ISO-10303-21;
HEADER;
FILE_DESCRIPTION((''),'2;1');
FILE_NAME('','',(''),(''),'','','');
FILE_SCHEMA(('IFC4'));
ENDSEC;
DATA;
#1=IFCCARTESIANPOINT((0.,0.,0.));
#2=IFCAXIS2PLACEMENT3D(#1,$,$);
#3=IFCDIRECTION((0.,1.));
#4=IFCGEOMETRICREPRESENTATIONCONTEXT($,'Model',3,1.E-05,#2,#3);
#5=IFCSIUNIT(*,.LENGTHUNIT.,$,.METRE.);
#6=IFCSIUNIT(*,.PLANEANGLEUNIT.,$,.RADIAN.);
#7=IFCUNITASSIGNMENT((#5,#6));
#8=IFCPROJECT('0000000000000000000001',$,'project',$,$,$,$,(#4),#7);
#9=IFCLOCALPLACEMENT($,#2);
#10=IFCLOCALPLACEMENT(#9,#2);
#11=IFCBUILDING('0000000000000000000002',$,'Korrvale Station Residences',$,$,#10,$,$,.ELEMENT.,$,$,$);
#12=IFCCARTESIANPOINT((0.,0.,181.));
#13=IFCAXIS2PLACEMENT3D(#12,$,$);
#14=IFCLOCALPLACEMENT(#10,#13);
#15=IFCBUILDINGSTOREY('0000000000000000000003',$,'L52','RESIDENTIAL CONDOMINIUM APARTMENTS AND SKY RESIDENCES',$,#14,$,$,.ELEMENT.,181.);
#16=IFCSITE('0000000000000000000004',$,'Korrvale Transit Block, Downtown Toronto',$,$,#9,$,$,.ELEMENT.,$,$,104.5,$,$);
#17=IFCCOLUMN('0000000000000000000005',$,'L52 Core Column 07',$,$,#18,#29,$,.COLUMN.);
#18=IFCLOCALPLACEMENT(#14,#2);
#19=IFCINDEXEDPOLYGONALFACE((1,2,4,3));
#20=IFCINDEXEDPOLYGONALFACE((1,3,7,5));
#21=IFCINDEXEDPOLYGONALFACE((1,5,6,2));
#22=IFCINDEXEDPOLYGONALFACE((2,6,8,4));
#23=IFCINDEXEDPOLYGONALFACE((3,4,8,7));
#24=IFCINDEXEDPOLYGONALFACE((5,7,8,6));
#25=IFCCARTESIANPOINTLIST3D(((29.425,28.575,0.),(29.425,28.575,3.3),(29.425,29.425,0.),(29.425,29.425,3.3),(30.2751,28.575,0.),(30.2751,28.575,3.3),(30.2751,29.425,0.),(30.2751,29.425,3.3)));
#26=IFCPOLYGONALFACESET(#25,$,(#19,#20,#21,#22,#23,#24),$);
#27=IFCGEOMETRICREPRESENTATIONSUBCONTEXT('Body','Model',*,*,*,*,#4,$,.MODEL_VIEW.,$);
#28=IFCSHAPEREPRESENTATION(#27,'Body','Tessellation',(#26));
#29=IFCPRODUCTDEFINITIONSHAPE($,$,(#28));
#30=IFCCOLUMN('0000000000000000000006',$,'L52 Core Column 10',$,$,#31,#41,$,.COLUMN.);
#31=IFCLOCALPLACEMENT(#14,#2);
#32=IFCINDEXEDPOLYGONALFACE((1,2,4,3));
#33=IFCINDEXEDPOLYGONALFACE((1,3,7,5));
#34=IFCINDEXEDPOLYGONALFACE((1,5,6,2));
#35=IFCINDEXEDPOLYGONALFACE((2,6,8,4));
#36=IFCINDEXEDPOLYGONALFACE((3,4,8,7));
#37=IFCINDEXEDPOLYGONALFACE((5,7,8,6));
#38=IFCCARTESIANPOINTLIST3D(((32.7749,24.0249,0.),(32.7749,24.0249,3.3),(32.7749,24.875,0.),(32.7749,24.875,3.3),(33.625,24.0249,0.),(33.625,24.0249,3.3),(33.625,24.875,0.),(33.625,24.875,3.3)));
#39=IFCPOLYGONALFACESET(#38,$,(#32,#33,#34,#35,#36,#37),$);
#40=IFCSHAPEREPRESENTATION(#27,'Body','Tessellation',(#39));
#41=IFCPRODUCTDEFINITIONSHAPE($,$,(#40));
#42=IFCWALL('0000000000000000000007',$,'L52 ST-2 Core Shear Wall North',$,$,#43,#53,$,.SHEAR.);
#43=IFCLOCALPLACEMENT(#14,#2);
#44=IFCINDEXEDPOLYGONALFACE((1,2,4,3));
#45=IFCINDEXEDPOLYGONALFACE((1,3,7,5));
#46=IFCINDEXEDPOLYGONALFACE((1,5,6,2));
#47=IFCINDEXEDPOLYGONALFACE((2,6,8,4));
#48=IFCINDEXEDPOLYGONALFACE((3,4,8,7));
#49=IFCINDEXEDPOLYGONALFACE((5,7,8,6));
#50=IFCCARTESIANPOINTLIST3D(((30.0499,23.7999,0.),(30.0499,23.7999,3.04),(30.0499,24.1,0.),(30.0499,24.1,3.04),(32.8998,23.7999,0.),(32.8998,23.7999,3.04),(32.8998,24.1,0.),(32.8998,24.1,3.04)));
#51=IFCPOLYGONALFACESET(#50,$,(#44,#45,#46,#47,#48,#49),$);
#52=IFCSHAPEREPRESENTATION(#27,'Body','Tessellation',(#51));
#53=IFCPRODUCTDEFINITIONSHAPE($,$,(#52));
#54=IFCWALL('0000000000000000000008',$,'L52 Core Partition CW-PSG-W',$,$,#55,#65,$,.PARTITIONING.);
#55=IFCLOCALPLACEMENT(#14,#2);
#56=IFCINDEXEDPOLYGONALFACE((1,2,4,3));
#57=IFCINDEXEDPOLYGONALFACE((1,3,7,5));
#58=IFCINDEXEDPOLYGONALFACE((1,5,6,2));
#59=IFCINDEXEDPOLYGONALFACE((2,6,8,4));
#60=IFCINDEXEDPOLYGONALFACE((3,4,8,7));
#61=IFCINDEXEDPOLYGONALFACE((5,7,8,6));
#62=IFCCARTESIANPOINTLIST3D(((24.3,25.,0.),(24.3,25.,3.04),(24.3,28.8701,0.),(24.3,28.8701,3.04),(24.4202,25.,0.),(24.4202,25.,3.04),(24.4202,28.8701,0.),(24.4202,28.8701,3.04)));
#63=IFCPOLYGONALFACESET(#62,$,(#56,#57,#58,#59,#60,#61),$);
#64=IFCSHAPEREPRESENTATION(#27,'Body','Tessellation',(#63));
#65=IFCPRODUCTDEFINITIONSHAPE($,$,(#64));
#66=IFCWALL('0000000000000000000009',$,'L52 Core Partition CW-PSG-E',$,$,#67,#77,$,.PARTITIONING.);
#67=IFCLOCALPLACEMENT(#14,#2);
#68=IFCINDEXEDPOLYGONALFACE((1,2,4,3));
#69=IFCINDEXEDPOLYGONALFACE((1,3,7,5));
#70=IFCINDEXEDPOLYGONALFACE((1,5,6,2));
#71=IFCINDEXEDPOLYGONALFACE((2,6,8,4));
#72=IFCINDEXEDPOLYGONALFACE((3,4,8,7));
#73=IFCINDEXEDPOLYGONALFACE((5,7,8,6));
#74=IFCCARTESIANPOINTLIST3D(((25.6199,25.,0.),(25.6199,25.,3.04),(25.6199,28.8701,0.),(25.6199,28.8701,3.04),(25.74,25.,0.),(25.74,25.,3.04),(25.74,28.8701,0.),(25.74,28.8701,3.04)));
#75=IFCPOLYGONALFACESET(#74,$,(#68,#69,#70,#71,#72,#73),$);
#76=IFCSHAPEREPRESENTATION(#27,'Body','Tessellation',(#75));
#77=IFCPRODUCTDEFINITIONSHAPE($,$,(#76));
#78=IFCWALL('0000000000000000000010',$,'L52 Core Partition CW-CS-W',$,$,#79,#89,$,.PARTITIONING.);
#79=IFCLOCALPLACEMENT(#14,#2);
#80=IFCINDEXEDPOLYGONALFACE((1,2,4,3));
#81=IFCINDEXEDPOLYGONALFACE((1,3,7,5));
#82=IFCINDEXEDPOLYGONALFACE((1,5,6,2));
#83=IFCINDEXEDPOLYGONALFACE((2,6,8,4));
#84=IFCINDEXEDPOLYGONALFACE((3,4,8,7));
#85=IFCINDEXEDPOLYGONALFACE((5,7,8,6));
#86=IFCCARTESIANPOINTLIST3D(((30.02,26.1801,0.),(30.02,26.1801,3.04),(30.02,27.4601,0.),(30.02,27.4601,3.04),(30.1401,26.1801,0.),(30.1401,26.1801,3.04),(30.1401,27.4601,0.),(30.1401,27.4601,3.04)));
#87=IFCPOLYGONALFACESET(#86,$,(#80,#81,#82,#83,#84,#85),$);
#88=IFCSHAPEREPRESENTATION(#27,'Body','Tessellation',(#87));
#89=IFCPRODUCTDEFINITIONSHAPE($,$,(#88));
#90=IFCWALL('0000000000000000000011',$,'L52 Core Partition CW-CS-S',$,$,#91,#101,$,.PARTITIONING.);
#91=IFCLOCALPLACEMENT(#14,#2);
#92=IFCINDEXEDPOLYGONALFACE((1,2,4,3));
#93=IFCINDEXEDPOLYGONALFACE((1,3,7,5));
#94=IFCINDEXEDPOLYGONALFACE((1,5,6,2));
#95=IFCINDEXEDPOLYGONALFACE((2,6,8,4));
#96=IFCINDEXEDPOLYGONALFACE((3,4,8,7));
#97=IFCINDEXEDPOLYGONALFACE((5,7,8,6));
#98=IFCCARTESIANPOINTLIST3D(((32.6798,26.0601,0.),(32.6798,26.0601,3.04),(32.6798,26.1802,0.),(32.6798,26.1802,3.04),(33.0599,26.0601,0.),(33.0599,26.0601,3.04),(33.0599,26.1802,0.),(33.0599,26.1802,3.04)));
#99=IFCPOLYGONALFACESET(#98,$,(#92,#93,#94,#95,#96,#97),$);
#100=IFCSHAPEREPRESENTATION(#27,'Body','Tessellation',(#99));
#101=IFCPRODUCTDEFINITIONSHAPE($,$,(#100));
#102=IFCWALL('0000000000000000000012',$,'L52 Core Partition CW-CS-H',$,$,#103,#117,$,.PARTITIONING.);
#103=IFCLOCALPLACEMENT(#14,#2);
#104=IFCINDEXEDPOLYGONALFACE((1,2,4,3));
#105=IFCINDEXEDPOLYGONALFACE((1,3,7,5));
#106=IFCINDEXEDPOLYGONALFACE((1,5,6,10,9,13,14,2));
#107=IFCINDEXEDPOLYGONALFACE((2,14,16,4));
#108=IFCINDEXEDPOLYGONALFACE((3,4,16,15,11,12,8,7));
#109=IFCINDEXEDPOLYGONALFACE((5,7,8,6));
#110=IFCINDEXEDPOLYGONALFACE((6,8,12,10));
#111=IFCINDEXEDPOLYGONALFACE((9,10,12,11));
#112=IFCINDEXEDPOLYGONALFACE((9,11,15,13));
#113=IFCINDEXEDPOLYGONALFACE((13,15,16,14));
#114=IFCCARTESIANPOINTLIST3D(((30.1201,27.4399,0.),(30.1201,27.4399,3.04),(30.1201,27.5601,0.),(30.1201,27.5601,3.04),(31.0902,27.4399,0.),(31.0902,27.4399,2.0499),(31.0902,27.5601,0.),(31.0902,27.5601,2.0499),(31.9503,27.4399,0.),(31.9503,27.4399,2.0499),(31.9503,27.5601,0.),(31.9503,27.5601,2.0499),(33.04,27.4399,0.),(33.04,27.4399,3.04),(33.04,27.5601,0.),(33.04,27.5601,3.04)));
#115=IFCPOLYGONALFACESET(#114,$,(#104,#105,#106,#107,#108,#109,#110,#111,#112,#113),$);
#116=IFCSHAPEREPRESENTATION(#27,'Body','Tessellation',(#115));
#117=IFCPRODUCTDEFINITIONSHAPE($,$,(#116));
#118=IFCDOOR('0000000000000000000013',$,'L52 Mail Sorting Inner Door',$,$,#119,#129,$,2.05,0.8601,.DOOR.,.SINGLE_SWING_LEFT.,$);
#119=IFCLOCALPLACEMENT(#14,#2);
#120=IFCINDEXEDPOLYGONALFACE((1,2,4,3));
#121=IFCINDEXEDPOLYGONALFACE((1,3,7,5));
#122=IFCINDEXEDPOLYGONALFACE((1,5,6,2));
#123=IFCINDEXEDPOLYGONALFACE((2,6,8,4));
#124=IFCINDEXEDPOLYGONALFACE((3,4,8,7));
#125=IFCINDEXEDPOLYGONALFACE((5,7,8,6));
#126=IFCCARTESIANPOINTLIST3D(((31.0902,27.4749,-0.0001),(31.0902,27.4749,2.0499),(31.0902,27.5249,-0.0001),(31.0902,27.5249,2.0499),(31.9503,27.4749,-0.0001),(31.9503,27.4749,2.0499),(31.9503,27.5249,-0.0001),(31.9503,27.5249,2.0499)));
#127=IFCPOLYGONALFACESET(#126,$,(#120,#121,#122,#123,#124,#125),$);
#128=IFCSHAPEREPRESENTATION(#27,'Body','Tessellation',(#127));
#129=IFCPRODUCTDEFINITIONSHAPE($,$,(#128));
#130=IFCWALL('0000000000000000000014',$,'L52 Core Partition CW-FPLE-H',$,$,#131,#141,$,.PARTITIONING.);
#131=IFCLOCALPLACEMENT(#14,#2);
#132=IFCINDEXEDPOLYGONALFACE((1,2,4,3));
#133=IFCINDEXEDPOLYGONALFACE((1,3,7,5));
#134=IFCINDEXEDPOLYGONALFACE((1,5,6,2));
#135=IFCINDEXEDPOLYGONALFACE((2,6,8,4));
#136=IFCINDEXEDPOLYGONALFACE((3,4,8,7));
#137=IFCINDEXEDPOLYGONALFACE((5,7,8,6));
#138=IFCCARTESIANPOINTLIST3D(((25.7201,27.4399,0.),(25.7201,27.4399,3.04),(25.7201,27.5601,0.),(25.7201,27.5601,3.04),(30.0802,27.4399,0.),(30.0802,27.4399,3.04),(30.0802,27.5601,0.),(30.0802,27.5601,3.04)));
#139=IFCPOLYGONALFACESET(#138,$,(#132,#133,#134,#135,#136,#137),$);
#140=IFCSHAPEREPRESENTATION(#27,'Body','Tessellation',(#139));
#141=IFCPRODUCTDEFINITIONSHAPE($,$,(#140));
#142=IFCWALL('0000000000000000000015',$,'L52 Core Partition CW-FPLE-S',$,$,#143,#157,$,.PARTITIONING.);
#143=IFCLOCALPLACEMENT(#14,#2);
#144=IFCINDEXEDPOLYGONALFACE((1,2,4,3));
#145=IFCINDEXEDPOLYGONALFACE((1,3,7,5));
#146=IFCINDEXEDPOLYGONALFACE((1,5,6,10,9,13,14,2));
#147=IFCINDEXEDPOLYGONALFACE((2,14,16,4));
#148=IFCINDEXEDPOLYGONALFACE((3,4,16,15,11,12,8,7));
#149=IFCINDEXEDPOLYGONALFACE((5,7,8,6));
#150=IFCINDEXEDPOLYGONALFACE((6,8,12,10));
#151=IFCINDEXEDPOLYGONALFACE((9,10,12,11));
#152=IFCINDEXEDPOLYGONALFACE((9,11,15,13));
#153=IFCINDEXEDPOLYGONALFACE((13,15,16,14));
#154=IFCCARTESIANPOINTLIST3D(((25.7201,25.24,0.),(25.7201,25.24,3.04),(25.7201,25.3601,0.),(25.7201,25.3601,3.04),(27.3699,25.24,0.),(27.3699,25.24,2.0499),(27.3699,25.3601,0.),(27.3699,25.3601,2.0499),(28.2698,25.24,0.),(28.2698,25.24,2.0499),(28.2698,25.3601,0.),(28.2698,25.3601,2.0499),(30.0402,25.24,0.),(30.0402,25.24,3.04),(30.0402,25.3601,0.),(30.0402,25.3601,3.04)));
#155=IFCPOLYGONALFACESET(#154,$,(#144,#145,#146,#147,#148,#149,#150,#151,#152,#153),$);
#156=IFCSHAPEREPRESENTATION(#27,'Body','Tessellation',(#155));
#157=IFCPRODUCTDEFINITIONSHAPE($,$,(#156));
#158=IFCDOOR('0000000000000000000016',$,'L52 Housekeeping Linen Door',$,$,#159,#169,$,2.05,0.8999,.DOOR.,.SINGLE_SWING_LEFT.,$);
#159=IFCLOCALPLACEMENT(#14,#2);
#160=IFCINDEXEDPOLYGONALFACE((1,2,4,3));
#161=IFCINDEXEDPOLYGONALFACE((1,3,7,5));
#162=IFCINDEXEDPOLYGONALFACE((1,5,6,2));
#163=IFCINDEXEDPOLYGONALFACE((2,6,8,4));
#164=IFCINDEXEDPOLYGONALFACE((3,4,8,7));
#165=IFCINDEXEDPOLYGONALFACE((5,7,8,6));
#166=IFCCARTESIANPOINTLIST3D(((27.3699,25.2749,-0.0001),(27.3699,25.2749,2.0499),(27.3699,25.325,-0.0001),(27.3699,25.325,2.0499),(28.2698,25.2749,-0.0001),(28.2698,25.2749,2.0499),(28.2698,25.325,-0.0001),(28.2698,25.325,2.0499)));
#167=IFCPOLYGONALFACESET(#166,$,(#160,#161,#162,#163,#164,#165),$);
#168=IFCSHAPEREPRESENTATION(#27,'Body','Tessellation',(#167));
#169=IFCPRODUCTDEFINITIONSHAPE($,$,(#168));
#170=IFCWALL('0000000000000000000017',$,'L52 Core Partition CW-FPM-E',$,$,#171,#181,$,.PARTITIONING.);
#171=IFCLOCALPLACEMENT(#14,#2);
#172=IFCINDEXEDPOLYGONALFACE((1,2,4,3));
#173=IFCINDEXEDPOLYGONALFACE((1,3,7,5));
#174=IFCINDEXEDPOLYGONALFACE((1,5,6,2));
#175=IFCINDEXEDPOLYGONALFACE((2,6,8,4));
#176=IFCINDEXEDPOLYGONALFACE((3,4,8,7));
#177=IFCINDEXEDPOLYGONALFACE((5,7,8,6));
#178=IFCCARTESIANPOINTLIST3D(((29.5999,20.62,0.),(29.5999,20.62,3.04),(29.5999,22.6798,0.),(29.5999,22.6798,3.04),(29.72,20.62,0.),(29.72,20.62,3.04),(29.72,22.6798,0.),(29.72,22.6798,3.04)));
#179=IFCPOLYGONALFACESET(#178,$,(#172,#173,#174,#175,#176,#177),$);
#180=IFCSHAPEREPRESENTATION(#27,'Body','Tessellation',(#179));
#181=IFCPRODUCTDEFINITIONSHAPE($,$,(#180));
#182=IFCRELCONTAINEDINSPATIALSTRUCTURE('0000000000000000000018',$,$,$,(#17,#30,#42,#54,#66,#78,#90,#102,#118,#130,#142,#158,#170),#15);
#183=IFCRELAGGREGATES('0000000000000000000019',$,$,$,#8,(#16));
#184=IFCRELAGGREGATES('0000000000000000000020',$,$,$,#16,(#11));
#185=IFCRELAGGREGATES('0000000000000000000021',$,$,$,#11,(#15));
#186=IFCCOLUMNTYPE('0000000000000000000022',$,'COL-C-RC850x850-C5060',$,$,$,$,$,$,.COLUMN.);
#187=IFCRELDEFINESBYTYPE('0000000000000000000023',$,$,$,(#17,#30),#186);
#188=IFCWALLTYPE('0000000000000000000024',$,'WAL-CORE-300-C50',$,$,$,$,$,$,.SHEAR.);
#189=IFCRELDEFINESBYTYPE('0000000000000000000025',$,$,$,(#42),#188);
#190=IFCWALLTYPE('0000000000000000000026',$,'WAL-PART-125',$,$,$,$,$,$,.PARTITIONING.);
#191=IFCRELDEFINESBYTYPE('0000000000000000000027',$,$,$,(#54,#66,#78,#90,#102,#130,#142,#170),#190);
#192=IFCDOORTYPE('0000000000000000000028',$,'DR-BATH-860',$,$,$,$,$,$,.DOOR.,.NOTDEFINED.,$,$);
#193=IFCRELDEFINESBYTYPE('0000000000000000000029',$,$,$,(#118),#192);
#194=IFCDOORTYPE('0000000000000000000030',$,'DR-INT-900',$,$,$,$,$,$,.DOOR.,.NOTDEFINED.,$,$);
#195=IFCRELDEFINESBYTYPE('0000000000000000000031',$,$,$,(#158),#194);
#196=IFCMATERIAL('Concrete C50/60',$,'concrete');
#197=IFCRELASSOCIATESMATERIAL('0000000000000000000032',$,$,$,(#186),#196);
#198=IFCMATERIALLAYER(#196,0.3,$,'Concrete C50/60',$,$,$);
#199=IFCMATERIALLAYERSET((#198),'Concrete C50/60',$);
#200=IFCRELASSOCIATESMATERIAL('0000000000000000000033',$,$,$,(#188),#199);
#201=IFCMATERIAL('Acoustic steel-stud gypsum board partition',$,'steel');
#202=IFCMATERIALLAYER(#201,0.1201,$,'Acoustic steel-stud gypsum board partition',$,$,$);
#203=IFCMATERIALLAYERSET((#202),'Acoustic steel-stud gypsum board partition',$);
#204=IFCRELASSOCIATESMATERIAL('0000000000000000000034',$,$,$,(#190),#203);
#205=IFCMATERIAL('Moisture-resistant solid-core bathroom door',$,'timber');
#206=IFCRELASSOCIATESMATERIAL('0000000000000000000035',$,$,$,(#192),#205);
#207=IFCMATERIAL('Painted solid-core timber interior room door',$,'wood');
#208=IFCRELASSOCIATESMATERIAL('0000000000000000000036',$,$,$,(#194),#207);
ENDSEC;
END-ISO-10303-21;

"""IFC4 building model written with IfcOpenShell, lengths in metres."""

from ifc_helpers import new_model, si_unit, direction, frame, frame_2d, origin, origin_2d, place, context, subcontext, project, spatial, rectangle, extrude, material, layer, layer_set, material_profile, profile_set, type_object, element, fill, save


model = new_model("IFC4")

# Units and contexts
model_context = context("Model", 3, precision=1e-05, world=origin(), true_north=direction((0.0, 1.0)))
body_context = subcontext(model_context, "Body", "Model", "MODEL_VIEW")
ifc_project = project(units=[si_unit("LENGTHUNIT", "METRE"), si_unit("PLANEANGLEUNIT", "RADIAN")], contexts=[model_context])

# Site, building, storey
site_placement = place(None, origin())
site = spatial("IfcSite", under=ifc_project, at=site_placement, Name="Korrvale Transit Block, Downtown Toronto", CompositionType="ELEMENT", RefElevation=104.5)
building_placement = place(site_placement, origin())
building = spatial("IfcBuilding", under=site, at=building_placement, Name="Korrvale Station Residences", CompositionType="ELEMENT")
storey_placement = place(building_placement, frame((0.0, 0.0, 181.0)))
storey = spatial("IfcBuildingStorey", under=building, at=storey_placement, Name="L52", Description="RESIDENTIAL CONDOMINIUM APARTMENTS AND SKY RESIDENCES", CompositionType="ELEMENT", Elevation=181.0)

# Columns
ifc_material_1 = material(Name="Concrete C50/60", Category="concrete")
ifc_material_profile = material_profile(ifc_material_1, rectangle(XDim=0.8501, YDim=0.8501, at=origin_2d()), Name="RC850x850")
ifc_profile_set = profile_set([ifc_material_profile], Name="Concrete C50/60")
column_type = type_object("IfcColumnType", Name="COL-C-RC850x850-C5060", PredefinedType="COLUMN", material=ifc_profile_set)
for number, where, z_axis, x_axis, name in (
    (1, (29.8501, 29.0, 0.0), (0.0, 0.0, 1.0), (1.0, 0.0, 0.0), "L52 Core Column 07"),
    (2, (33.2, 24.45, 0.0), (0.0, 0.0, 1.0), (1.0, 0.0, 0.0), "L52 Core Column 10"),
):
    element("IfcColumn", number, at=place(storey_placement, frame(where, z_axis=z_axis, x_axis=x_axis)), inside=storey, type_object=column_type, Name=name, PredefinedType="COLUMN", context=body_context, shape_type="SweptSolid", body=[
        extrude(rectangle(XDim=0.8501, YDim=0.8501, at=origin_2d()), origin(), (0.0, 0.0, 1.0), 3.3),
    ])

# Walls
ifc_layer_1 = layer(ifc_material_1, 0.3, Name="Concrete C50/60")
ifc_layer_set_1 = layer_set([ifc_layer_1], Name="Concrete C50/60")
wall_type_1 = type_object("IfcWallType", Name="WAL-CORE-300-C50", PredefinedType="SHEAR", material=ifc_layer_set_1)
wall_1_placement = place(storey_placement, frame((30.05, 23.95, 0.0), z_axis=(0.0, 0.0, 1.0), x_axis=(1.0, 0.0, 0.0)))
element("IfcWall", 3, at=wall_1_placement, inside=storey, type_object=wall_type_1, Name="L52 ST-2 Core Shear Wall North", PredefinedType="SHEAR", context=body_context, shape_type="SweptSolid", body=[
    extrude(rectangle(XDim=2.8499, YDim=0.3, at=frame_2d((1.4248, 0.0))), origin(), (0.0, 0.0, 1.0), 3.04),
])
ifc_material_2 = material(Name="Acoustic steel-stud gypsum board partition", Category="steel")
ifc_layer_2 = layer(ifc_material_2, 0.1201, Name="Acoustic steel-stud gypsum board partition")
ifc_layer_set_2 = layer_set([ifc_layer_2], Name="Acoustic steel-stud gypsum board partition")
wall_type_2 = type_object("IfcWallType", Name="WAL-PART-125", PredefinedType="PARTITIONING", material=ifc_layer_set_2)
for number, where, z_axis, x_axis, name in (
    (4, (24.3601, 25.0, 0.0), (0.0, 0.0, 1.0), (0.0, 1.0, 0.0), "L52 Core Partition CW-PSG-W"),
    (5, (25.6799, 25.0, 0.0), (0.0, 0.0, 1.0), (0.0, 1.0, 0.0), "L52 Core Partition CW-PSG-E"),
):
    element("IfcWall", number, at=place(storey_placement, frame(where, z_axis=z_axis, x_axis=x_axis)), inside=storey, type_object=wall_type_2, Name=name, PredefinedType="PARTITIONING", context=body_context, shape_type="SweptSolid", body=[
        extrude(rectangle(XDim=3.8701, YDim=0.1201, at=frame_2d((1.9351, 0.0))), origin(), (0.0, 0.0, 1.0), 3.04),
    ])
wall_2_placement = place(storey_placement, frame((30.0801, 26.1799, 0.0), z_axis=(0.0, 0.0, 1.0), x_axis=(0.0, 1.0, 0.0)))
element("IfcWall", 6, at=wall_2_placement, inside=storey, type_object=wall_type_2, Name="L52 Core Partition CW-CS-W", PredefinedType="PARTITIONING", context=body_context, shape_type="SweptSolid", body=[
    extrude(rectangle(XDim=1.28, YDim=0.1201, at=frame_2d((0.6401, 0.0))), origin(), (0.0, 0.0, 1.0), 3.04),
])
wall_3_placement = place(storey_placement, frame((32.6799, 26.1201, 0.0), z_axis=(0.0, 0.0, 1.0), x_axis=(1.0, 0.0, 0.0)))
element("IfcWall", 7, at=wall_3_placement, inside=storey, type_object=wall_type_2, Name="L52 Core Partition CW-CS-S", PredefinedType="PARTITIONING", context=body_context, shape_type="SweptSolid", body=[
    extrude(rectangle(XDim=0.3801, YDim=0.1201, at=frame_2d((0.1899, 0.0))), origin(), (0.0, 0.0, 1.0), 3.04),
])

# Wall, opening, door
wall_4_placement = place(storey_placement, frame((30.1201, 27.5, 0.0), z_axis=(0.0, 0.0, 1.0), x_axis=(1.0, 0.0, 0.0)))
wall_4 = element("IfcWall", 8, at=wall_4_placement, inside=storey, type_object=wall_type_2, Name="L52 Core Partition CW-CS-H", PredefinedType="PARTITIONING", context=body_context, shape_type="SweptSolid", body=[
    extrude(rectangle(XDim=2.9199, YDim=0.1201, at=frame_2d((1.46, 0.0))), origin(), (0.0, 0.0, 1.0), 3.04),
])
opening_1_placement = place(wall_4_placement, frame((0.97, 0.0, 0.0)))
opening_1 = element("IfcOpeningElement", 9, at=opening_1_placement, cuts=wall_4, PredefinedType="OPENING", context=body_context, shape_type="SweptSolid", body=[
    extrude(rectangle(XDim=0.8601, YDim=2.05, at=frame_2d((0.4302, 1.0249))), frame((0.0, 0.0701, 0.0), z_axis=(0.0, -1.0, 0.0), x_axis=(1.0, 0.0, 0.0)), (0.0, 0.0, 1.0), 0.1401),
])
ifc_material_3 = material(Name="Moisture-resistant solid-core bathroom door", Category="timber")
door_type_1 = type_object("IfcDoorType", Name="DR-BATH-860", OperationType="NOTDEFINED", PredefinedType="DOOR", material=ifc_material_3)
door_1_placement = place(opening_1_placement, origin())
door_1 = element("IfcDoor", 10, at=door_1_placement, inside=storey, type_object=door_type_1, Name="L52 Mail Sorting Inner Door", OperationType="SINGLE_SWING_LEFT", OverallHeight=2.05, OverallWidth=0.8601, PredefinedType="DOOR", context=body_context, shape_type="SweptSolid", body=[
    extrude(rectangle(XDim=0.8601, YDim=2.05, at=frame_2d((0.4302, 1.0249))), frame((0.0, 0.0249, 0.0), z_axis=(0.0, -1.0, 0.0), x_axis=(1.0, 0.0, 0.0)), (0.0, 0.0, 1.0), 0.05),
])
fill(opening_1, door_1)

# Wall
wall_5_placement = place(storey_placement, frame((25.72, 27.5, 0.0), z_axis=(0.0, 0.0, 1.0), x_axis=(1.0, 0.0, 0.0)))
element("IfcWall", 11, at=wall_5_placement, inside=storey, type_object=wall_type_2, Name="L52 Core Partition CW-FPLE-H", PredefinedType="PARTITIONING", context=body_context, shape_type="SweptSolid", body=[
    extrude(rectangle(XDim=4.3601, YDim=0.1201, at=frame_2d((2.1802, 0.0))), origin(), (0.0, 0.0, 1.0), 3.04),
])

# Wall, opening, door
wall_6_placement = place(storey_placement, frame((25.72, 25.3, 0.0), z_axis=(0.0, 0.0, 1.0), x_axis=(1.0, 0.0, 0.0)))
wall_6 = element("IfcWall", 12, at=wall_6_placement, inside=storey, type_object=wall_type_2, Name="L52 Core Partition CW-FPLE-S", PredefinedType="PARTITIONING", context=body_context, shape_type="SweptSolid", body=[
    extrude(rectangle(XDim=4.3201, YDim=0.1201, at=frame_2d((2.1602, 0.0))), origin(), (0.0, 0.0, 1.0), 3.04),
])
opening_2_placement = place(wall_6_placement, frame((1.6499, 0.0, 0.0)))
opening_2 = element("IfcOpeningElement", 13, at=opening_2_placement, cuts=wall_6, PredefinedType="OPENING", context=body_context, shape_type="SweptSolid", body=[
    extrude(rectangle(XDim=0.8999, YDim=2.05, at=frame_2d((0.45, 1.0249))), frame((0.0, 0.0701, 0.0), z_axis=(0.0, -1.0, 0.0), x_axis=(1.0, 0.0, 0.0)), (0.0, 0.0, 1.0), 0.1401),
])
ifc_material_4 = material(Name="Painted solid-core timber interior room door", Category="wood")
door_type_2 = type_object("IfcDoorType", Name="DR-INT-900", OperationType="NOTDEFINED", PredefinedType="DOOR", material=ifc_material_4)
door_2_placement = place(opening_2_placement, origin())
door_2 = element("IfcDoor", 14, at=door_2_placement, inside=storey, type_object=door_type_2, Name="L52 Housekeeping Linen Door", OperationType="SINGLE_SWING_LEFT", OverallHeight=2.05, OverallWidth=0.8999, PredefinedType="DOOR", context=body_context, shape_type="SweptSolid", body=[
    extrude(rectangle(XDim=0.8999, YDim=2.05, at=frame_2d((0.45, 1.0249))), frame((0.0, 0.0249, 0.0), z_axis=(0.0, -1.0, 0.0), x_axis=(1.0, 0.0, 0.0)), (0.0, 0.0, 1.0), 0.05),
])
fill(opening_2, door_2)

# Wall
wall_7_placement = place(storey_placement, frame((29.6599, 20.6201, 0.0), z_axis=(0.0, 0.0, 1.0), x_axis=(0.0, 1.0, 0.0)))
element("IfcWall", 15, at=wall_7_placement, inside=storey, type_object=wall_type_2, Name="L52 Core Partition CW-FPM-E", PredefinedType="PARTITIONING", context=body_context, shape_type="SweptSolid", body=[
    extrude(rectangle(XDim=2.0598, YDim=0.1201, at=frame_2d((1.0298, 0.0))), origin(), (0.0, 0.0, 1.0), 3.04),
])

save(model, "model.ifc")
